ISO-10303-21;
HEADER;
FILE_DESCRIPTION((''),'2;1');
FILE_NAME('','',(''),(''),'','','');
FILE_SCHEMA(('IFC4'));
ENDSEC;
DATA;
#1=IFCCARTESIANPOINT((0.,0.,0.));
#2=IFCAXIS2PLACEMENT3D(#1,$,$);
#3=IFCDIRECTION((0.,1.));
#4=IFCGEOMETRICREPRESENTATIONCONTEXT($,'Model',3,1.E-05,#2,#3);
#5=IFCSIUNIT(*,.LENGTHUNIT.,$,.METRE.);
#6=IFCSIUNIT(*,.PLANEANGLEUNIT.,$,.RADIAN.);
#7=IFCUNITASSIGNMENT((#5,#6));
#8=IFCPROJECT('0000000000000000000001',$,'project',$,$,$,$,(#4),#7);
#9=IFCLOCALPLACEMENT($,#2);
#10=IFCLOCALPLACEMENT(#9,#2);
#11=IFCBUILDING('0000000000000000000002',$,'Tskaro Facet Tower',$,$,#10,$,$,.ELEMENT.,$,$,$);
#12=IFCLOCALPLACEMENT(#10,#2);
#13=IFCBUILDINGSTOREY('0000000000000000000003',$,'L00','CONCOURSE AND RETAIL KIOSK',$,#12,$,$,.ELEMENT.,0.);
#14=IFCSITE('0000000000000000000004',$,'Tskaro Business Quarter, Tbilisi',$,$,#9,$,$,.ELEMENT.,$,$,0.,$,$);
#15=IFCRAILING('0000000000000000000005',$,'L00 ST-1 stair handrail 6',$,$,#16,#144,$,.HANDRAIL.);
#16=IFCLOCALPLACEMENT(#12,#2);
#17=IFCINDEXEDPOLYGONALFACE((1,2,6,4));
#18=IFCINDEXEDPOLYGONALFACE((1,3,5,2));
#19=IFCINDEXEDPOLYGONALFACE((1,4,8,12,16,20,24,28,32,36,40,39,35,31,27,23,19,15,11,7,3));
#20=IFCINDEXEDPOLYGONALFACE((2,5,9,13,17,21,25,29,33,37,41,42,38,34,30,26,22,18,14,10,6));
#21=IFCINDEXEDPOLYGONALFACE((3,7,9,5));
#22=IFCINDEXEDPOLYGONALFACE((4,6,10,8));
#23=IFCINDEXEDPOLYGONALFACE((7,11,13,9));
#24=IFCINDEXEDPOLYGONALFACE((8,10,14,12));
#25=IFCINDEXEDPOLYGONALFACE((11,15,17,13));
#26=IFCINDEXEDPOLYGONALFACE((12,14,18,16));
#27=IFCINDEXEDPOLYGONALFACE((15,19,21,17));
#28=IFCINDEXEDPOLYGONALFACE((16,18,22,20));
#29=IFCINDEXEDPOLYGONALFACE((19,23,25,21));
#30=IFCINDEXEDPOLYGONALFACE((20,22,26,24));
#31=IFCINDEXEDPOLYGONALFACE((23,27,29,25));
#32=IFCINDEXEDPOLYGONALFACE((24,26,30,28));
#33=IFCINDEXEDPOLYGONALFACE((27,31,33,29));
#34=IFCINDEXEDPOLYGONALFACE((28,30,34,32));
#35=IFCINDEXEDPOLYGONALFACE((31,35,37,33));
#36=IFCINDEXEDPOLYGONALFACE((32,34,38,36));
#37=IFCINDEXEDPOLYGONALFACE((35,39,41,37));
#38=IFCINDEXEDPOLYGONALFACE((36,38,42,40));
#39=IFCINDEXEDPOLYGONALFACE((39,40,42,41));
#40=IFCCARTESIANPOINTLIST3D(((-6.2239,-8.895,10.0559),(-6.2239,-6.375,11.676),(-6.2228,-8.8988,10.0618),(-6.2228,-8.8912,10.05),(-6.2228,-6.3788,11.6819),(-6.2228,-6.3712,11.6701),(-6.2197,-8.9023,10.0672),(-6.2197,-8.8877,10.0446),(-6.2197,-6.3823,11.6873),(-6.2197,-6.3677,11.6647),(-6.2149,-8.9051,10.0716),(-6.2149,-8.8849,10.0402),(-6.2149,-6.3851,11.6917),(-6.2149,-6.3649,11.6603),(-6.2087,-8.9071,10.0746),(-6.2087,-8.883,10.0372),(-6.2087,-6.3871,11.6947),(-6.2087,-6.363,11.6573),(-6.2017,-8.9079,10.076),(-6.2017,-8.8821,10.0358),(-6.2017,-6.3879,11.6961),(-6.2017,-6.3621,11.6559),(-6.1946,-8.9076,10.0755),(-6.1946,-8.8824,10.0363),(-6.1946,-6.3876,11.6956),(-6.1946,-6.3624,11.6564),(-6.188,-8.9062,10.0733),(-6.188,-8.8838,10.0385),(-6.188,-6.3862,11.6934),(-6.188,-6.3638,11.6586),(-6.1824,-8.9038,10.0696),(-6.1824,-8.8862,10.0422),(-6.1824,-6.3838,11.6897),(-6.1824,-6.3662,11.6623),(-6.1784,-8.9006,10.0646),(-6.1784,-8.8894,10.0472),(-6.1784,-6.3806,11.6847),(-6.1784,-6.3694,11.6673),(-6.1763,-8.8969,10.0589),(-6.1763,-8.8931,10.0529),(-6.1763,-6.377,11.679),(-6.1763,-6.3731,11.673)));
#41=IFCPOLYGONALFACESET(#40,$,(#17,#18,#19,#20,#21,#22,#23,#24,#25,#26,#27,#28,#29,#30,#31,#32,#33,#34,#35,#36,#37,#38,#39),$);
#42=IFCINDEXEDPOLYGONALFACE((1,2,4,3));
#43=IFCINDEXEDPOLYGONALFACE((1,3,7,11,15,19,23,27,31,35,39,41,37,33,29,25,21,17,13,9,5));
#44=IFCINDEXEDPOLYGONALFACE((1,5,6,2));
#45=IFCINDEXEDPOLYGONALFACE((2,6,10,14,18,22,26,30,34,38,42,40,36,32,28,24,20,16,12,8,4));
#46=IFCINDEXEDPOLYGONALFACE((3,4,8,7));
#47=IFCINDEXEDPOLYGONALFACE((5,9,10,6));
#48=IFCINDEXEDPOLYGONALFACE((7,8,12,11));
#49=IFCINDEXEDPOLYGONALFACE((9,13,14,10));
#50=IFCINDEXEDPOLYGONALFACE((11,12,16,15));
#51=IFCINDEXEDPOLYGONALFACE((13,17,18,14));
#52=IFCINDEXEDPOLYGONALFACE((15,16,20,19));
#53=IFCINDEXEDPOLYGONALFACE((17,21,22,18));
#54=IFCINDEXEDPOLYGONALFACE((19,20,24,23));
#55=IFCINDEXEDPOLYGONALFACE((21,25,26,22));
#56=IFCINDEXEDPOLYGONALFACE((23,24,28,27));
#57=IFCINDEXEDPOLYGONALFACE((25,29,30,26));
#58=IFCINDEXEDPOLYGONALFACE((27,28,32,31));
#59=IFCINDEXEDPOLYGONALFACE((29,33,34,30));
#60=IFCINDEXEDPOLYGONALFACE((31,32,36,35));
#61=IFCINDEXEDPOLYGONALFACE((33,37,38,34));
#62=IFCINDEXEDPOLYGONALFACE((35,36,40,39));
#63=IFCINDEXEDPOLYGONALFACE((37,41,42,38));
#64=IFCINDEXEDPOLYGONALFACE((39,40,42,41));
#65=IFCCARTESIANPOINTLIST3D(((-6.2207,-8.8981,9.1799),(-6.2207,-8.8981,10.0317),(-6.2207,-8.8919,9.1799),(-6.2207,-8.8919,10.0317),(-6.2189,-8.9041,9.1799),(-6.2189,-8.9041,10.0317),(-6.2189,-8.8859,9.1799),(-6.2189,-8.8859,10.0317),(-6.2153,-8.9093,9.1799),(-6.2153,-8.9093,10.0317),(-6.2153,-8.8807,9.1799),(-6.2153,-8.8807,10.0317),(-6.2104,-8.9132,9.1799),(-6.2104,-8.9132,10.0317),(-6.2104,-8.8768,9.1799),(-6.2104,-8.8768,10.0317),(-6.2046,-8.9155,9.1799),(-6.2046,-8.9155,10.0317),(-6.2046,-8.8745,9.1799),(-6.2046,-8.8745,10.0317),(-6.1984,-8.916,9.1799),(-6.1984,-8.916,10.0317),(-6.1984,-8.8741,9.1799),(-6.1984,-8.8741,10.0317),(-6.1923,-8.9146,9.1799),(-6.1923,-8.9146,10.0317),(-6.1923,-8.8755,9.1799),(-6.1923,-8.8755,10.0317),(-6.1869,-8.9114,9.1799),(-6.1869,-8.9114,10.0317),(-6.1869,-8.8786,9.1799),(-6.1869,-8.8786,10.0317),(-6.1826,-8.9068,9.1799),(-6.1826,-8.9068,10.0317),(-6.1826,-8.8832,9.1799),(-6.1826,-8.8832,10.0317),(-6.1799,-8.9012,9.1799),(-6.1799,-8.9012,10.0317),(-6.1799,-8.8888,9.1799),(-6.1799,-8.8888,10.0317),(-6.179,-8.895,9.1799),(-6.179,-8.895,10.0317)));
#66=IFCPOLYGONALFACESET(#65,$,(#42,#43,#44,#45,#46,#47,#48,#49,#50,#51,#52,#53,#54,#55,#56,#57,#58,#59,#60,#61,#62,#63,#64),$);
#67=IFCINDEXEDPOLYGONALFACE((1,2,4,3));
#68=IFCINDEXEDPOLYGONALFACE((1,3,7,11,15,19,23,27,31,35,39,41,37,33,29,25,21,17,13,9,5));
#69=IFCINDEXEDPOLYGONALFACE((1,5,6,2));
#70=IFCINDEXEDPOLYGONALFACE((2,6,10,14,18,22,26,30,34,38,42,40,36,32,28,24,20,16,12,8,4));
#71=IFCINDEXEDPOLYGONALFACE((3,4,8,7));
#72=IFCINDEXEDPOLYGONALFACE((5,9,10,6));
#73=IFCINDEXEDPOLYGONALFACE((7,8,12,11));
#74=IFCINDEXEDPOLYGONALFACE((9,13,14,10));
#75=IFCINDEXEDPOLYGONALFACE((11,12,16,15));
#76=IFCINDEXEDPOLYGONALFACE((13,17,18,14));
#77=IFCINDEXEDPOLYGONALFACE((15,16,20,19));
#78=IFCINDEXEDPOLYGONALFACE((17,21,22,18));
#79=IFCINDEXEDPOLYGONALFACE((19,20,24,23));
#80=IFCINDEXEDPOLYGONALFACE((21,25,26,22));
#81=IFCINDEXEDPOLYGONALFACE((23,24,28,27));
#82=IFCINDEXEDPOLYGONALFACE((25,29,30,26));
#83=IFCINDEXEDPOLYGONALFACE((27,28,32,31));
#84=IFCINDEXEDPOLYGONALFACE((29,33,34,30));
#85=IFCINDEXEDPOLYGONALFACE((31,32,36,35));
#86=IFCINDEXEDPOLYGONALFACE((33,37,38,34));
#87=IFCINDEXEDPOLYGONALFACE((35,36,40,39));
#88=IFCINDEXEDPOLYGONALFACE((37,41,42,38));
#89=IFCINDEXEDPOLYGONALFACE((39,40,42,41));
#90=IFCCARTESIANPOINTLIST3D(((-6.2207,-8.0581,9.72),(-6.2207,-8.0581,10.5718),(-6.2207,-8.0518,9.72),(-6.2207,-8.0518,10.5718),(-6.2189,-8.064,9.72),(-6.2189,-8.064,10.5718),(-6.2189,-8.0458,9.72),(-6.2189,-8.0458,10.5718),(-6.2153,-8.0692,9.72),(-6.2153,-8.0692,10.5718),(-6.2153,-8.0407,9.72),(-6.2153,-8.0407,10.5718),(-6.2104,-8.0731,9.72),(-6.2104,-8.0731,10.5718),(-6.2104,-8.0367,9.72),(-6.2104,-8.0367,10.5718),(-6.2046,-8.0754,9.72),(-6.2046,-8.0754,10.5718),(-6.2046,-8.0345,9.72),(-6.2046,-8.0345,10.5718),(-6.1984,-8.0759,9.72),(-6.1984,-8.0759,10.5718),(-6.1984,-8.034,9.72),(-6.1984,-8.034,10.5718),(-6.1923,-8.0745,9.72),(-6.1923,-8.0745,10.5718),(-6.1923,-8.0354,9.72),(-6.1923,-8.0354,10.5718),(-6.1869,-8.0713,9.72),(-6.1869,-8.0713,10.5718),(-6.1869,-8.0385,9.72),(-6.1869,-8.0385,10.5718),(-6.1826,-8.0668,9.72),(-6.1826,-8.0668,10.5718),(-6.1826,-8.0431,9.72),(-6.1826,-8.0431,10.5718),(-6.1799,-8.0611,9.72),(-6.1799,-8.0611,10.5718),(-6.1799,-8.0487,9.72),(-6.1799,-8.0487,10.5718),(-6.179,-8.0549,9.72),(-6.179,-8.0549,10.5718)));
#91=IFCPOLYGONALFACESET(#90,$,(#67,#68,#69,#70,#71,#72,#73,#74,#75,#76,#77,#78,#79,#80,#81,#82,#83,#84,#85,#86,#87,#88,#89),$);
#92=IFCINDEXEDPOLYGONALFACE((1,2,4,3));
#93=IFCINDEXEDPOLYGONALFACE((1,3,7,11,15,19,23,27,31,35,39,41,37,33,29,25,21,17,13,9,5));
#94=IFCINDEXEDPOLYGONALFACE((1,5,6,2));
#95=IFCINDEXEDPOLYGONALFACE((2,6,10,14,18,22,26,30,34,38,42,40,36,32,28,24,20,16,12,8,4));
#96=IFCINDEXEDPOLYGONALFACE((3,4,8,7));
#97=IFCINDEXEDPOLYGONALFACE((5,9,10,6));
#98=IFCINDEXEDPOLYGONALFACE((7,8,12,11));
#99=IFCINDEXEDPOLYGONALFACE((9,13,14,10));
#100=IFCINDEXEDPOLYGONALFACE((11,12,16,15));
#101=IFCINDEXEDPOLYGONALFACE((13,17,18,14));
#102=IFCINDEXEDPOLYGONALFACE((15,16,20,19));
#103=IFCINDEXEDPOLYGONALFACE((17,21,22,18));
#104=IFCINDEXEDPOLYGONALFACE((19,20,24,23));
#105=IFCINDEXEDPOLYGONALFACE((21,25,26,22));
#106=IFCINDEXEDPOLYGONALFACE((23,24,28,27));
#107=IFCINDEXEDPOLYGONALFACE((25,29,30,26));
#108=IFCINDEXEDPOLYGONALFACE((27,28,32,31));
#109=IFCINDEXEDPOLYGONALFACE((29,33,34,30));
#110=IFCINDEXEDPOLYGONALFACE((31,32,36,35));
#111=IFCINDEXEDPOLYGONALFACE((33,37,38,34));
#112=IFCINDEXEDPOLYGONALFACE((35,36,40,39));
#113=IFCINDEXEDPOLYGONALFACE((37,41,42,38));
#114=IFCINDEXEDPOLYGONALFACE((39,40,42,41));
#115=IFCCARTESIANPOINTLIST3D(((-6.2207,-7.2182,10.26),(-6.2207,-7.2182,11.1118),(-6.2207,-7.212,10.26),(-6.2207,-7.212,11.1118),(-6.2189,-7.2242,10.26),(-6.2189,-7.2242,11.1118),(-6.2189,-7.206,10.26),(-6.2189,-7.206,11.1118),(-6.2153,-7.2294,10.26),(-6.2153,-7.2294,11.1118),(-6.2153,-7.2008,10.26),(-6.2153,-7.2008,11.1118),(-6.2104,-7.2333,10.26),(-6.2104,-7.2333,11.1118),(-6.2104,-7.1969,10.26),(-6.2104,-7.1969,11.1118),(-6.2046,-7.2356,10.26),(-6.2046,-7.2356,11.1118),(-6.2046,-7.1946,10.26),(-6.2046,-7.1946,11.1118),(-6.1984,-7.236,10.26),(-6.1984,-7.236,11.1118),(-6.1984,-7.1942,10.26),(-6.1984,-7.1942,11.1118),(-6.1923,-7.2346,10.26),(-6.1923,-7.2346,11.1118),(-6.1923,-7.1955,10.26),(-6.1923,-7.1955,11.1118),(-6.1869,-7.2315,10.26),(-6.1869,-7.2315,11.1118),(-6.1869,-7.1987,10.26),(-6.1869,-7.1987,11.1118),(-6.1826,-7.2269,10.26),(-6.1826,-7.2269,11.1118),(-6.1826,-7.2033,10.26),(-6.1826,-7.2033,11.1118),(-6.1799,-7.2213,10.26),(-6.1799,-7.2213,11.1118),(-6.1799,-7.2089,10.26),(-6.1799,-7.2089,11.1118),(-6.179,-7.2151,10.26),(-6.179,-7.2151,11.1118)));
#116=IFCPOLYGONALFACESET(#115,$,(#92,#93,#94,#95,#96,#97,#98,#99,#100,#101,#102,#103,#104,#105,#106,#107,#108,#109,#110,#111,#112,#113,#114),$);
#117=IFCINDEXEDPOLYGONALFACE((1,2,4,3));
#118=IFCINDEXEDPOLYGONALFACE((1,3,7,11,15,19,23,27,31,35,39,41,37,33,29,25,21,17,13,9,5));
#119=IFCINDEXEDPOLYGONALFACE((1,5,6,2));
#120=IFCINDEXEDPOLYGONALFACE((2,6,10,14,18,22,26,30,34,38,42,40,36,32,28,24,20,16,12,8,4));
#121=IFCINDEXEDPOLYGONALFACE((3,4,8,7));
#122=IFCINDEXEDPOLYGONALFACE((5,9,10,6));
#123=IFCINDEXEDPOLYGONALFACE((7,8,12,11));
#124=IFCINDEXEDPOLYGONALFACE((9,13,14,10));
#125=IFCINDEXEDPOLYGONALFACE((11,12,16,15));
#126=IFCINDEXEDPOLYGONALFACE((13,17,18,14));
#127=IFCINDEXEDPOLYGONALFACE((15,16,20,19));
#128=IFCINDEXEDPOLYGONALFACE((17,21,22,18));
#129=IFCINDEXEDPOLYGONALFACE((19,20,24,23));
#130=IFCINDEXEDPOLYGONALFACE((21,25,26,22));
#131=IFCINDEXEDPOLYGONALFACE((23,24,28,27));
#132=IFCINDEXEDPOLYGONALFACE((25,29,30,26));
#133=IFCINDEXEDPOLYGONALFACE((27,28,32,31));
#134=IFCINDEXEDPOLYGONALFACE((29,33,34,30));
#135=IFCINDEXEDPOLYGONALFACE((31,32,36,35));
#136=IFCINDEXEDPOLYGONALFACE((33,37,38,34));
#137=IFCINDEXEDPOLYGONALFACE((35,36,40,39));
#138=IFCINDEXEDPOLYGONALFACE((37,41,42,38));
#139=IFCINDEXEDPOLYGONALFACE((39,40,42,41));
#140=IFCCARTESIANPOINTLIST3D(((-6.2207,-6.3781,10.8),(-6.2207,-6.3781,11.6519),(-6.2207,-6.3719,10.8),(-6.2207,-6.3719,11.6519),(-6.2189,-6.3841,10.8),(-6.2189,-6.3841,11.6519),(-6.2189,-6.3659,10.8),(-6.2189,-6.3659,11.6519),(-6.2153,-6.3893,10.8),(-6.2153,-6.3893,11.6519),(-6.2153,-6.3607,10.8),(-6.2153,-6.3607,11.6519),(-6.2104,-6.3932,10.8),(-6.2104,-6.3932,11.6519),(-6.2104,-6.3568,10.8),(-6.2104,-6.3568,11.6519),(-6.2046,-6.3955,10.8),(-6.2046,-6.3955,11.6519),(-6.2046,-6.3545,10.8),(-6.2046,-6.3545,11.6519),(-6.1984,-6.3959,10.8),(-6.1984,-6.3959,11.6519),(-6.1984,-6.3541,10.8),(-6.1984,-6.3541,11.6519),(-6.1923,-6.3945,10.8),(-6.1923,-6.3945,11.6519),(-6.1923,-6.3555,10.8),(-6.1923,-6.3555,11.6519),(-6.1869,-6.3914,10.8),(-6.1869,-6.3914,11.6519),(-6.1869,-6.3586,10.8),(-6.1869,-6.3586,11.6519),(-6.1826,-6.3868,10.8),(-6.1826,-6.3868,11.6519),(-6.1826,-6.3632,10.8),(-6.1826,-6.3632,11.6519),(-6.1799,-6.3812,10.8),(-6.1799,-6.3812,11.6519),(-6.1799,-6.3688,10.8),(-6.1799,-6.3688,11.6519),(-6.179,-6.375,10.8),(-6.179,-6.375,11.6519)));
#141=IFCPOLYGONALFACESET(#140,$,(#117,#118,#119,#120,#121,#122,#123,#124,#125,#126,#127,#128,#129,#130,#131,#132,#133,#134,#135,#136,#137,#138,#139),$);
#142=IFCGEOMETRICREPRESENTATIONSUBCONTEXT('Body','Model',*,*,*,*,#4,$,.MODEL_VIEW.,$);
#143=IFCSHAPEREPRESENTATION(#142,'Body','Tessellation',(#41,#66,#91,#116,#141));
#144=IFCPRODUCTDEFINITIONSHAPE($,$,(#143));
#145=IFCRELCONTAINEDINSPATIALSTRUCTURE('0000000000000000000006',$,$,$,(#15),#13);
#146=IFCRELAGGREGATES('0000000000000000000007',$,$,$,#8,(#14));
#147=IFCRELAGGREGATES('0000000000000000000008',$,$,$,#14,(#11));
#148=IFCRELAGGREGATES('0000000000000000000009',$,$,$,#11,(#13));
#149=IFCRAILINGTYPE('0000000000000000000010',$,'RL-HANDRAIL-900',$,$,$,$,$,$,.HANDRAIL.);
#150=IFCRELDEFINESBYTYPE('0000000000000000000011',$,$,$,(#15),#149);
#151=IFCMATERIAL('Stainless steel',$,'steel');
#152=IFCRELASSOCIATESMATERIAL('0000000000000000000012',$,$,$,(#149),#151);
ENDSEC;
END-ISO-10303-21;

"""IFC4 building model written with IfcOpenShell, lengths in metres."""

from ifc_helpers import new_model, si_unit, direction, frame, origin, origin_2d, place, context, subcontext, project, spatial, circle, extrude, material, type_object, element, save


model = new_model("IFC4")

# Units and contexts
model_context = context("Model", 3, precision=1e-05, world=origin(), true_north=direction((0.0, 1.0)))
body_context = subcontext(model_context, "Body", "Model", "MODEL_VIEW")
ifc_project = project(units=[si_unit("LENGTHUNIT", "METRE"), si_unit("PLANEANGLEUNIT", "RADIAN")], contexts=[model_context])

# Site, building, storey
site_placement = place(None, origin())
site = spatial("IfcSite", under=ifc_project, at=site_placement, Name="Tskaro Business Quarter, Tbilisi", CompositionType="ELEMENT", RefElevation=0.0)
building_placement = place(site_placement, origin())
building = spatial("IfcBuilding", under=site, at=building_placement, Name="Tskaro Facet Tower", CompositionType="ELEMENT")
storey_placement = place(building_placement, origin())
storey = spatial("IfcBuildingStorey", under=building, at=storey_placement, Name="L00", Description="CONCOURSE AND RETAIL KIOSK", CompositionType="ELEMENT", Elevation=0.0)

# Railing
ifc_material_1 = material(Name="Stainless steel", Category="steel")
railing_type_1 = type_object("IfcRailingType", Name="RL-HANDRAIL-900", PredefinedType="HANDRAIL", material=ifc_material_1)
railing_1_placement = place(storey_placement, frame((-6.2, -8.895, 9.1799)))
element("IfcRailing", 1, at=railing_1_placement, inside=storey, type_object=railing_type_1, Name="L00 ST-1 stair handrail 6", PredefinedType="HANDRAIL", context=body_context, shape_type="SweptSolid", body=[
    extrude(circle(Radius=0.0239, at=origin_2d()), frame((0.0, 0.0, 0.876), z_axis=(0.0, 0.841163, 0.540782), x_axis=(-1.0, 0.0, 0.0)), (0.0, 0.0, 1.0), 2.9958),
    extrude(circle(Radius=0.021, at=origin_2d()), origin(), (0.0, 0.0, 1.0), 0.8518),
    extrude(circle(Radius=0.021, at=origin_2d()), frame((0.0, 0.8401, 0.54)), (0.0, 0.0, 1.0), 0.8518),
    extrude(circle(Radius=0.021, at=origin_2d()), frame((0.0, 1.6799, 1.0801)), (0.0, 0.0, 1.0), 0.8518),
    extrude(circle(Radius=0.021, at=origin_2d()), frame((0.0, 2.52, 1.6201)), (0.0, 0.0, 1.0), 0.8518),
])

save(model, "model.ifc")
